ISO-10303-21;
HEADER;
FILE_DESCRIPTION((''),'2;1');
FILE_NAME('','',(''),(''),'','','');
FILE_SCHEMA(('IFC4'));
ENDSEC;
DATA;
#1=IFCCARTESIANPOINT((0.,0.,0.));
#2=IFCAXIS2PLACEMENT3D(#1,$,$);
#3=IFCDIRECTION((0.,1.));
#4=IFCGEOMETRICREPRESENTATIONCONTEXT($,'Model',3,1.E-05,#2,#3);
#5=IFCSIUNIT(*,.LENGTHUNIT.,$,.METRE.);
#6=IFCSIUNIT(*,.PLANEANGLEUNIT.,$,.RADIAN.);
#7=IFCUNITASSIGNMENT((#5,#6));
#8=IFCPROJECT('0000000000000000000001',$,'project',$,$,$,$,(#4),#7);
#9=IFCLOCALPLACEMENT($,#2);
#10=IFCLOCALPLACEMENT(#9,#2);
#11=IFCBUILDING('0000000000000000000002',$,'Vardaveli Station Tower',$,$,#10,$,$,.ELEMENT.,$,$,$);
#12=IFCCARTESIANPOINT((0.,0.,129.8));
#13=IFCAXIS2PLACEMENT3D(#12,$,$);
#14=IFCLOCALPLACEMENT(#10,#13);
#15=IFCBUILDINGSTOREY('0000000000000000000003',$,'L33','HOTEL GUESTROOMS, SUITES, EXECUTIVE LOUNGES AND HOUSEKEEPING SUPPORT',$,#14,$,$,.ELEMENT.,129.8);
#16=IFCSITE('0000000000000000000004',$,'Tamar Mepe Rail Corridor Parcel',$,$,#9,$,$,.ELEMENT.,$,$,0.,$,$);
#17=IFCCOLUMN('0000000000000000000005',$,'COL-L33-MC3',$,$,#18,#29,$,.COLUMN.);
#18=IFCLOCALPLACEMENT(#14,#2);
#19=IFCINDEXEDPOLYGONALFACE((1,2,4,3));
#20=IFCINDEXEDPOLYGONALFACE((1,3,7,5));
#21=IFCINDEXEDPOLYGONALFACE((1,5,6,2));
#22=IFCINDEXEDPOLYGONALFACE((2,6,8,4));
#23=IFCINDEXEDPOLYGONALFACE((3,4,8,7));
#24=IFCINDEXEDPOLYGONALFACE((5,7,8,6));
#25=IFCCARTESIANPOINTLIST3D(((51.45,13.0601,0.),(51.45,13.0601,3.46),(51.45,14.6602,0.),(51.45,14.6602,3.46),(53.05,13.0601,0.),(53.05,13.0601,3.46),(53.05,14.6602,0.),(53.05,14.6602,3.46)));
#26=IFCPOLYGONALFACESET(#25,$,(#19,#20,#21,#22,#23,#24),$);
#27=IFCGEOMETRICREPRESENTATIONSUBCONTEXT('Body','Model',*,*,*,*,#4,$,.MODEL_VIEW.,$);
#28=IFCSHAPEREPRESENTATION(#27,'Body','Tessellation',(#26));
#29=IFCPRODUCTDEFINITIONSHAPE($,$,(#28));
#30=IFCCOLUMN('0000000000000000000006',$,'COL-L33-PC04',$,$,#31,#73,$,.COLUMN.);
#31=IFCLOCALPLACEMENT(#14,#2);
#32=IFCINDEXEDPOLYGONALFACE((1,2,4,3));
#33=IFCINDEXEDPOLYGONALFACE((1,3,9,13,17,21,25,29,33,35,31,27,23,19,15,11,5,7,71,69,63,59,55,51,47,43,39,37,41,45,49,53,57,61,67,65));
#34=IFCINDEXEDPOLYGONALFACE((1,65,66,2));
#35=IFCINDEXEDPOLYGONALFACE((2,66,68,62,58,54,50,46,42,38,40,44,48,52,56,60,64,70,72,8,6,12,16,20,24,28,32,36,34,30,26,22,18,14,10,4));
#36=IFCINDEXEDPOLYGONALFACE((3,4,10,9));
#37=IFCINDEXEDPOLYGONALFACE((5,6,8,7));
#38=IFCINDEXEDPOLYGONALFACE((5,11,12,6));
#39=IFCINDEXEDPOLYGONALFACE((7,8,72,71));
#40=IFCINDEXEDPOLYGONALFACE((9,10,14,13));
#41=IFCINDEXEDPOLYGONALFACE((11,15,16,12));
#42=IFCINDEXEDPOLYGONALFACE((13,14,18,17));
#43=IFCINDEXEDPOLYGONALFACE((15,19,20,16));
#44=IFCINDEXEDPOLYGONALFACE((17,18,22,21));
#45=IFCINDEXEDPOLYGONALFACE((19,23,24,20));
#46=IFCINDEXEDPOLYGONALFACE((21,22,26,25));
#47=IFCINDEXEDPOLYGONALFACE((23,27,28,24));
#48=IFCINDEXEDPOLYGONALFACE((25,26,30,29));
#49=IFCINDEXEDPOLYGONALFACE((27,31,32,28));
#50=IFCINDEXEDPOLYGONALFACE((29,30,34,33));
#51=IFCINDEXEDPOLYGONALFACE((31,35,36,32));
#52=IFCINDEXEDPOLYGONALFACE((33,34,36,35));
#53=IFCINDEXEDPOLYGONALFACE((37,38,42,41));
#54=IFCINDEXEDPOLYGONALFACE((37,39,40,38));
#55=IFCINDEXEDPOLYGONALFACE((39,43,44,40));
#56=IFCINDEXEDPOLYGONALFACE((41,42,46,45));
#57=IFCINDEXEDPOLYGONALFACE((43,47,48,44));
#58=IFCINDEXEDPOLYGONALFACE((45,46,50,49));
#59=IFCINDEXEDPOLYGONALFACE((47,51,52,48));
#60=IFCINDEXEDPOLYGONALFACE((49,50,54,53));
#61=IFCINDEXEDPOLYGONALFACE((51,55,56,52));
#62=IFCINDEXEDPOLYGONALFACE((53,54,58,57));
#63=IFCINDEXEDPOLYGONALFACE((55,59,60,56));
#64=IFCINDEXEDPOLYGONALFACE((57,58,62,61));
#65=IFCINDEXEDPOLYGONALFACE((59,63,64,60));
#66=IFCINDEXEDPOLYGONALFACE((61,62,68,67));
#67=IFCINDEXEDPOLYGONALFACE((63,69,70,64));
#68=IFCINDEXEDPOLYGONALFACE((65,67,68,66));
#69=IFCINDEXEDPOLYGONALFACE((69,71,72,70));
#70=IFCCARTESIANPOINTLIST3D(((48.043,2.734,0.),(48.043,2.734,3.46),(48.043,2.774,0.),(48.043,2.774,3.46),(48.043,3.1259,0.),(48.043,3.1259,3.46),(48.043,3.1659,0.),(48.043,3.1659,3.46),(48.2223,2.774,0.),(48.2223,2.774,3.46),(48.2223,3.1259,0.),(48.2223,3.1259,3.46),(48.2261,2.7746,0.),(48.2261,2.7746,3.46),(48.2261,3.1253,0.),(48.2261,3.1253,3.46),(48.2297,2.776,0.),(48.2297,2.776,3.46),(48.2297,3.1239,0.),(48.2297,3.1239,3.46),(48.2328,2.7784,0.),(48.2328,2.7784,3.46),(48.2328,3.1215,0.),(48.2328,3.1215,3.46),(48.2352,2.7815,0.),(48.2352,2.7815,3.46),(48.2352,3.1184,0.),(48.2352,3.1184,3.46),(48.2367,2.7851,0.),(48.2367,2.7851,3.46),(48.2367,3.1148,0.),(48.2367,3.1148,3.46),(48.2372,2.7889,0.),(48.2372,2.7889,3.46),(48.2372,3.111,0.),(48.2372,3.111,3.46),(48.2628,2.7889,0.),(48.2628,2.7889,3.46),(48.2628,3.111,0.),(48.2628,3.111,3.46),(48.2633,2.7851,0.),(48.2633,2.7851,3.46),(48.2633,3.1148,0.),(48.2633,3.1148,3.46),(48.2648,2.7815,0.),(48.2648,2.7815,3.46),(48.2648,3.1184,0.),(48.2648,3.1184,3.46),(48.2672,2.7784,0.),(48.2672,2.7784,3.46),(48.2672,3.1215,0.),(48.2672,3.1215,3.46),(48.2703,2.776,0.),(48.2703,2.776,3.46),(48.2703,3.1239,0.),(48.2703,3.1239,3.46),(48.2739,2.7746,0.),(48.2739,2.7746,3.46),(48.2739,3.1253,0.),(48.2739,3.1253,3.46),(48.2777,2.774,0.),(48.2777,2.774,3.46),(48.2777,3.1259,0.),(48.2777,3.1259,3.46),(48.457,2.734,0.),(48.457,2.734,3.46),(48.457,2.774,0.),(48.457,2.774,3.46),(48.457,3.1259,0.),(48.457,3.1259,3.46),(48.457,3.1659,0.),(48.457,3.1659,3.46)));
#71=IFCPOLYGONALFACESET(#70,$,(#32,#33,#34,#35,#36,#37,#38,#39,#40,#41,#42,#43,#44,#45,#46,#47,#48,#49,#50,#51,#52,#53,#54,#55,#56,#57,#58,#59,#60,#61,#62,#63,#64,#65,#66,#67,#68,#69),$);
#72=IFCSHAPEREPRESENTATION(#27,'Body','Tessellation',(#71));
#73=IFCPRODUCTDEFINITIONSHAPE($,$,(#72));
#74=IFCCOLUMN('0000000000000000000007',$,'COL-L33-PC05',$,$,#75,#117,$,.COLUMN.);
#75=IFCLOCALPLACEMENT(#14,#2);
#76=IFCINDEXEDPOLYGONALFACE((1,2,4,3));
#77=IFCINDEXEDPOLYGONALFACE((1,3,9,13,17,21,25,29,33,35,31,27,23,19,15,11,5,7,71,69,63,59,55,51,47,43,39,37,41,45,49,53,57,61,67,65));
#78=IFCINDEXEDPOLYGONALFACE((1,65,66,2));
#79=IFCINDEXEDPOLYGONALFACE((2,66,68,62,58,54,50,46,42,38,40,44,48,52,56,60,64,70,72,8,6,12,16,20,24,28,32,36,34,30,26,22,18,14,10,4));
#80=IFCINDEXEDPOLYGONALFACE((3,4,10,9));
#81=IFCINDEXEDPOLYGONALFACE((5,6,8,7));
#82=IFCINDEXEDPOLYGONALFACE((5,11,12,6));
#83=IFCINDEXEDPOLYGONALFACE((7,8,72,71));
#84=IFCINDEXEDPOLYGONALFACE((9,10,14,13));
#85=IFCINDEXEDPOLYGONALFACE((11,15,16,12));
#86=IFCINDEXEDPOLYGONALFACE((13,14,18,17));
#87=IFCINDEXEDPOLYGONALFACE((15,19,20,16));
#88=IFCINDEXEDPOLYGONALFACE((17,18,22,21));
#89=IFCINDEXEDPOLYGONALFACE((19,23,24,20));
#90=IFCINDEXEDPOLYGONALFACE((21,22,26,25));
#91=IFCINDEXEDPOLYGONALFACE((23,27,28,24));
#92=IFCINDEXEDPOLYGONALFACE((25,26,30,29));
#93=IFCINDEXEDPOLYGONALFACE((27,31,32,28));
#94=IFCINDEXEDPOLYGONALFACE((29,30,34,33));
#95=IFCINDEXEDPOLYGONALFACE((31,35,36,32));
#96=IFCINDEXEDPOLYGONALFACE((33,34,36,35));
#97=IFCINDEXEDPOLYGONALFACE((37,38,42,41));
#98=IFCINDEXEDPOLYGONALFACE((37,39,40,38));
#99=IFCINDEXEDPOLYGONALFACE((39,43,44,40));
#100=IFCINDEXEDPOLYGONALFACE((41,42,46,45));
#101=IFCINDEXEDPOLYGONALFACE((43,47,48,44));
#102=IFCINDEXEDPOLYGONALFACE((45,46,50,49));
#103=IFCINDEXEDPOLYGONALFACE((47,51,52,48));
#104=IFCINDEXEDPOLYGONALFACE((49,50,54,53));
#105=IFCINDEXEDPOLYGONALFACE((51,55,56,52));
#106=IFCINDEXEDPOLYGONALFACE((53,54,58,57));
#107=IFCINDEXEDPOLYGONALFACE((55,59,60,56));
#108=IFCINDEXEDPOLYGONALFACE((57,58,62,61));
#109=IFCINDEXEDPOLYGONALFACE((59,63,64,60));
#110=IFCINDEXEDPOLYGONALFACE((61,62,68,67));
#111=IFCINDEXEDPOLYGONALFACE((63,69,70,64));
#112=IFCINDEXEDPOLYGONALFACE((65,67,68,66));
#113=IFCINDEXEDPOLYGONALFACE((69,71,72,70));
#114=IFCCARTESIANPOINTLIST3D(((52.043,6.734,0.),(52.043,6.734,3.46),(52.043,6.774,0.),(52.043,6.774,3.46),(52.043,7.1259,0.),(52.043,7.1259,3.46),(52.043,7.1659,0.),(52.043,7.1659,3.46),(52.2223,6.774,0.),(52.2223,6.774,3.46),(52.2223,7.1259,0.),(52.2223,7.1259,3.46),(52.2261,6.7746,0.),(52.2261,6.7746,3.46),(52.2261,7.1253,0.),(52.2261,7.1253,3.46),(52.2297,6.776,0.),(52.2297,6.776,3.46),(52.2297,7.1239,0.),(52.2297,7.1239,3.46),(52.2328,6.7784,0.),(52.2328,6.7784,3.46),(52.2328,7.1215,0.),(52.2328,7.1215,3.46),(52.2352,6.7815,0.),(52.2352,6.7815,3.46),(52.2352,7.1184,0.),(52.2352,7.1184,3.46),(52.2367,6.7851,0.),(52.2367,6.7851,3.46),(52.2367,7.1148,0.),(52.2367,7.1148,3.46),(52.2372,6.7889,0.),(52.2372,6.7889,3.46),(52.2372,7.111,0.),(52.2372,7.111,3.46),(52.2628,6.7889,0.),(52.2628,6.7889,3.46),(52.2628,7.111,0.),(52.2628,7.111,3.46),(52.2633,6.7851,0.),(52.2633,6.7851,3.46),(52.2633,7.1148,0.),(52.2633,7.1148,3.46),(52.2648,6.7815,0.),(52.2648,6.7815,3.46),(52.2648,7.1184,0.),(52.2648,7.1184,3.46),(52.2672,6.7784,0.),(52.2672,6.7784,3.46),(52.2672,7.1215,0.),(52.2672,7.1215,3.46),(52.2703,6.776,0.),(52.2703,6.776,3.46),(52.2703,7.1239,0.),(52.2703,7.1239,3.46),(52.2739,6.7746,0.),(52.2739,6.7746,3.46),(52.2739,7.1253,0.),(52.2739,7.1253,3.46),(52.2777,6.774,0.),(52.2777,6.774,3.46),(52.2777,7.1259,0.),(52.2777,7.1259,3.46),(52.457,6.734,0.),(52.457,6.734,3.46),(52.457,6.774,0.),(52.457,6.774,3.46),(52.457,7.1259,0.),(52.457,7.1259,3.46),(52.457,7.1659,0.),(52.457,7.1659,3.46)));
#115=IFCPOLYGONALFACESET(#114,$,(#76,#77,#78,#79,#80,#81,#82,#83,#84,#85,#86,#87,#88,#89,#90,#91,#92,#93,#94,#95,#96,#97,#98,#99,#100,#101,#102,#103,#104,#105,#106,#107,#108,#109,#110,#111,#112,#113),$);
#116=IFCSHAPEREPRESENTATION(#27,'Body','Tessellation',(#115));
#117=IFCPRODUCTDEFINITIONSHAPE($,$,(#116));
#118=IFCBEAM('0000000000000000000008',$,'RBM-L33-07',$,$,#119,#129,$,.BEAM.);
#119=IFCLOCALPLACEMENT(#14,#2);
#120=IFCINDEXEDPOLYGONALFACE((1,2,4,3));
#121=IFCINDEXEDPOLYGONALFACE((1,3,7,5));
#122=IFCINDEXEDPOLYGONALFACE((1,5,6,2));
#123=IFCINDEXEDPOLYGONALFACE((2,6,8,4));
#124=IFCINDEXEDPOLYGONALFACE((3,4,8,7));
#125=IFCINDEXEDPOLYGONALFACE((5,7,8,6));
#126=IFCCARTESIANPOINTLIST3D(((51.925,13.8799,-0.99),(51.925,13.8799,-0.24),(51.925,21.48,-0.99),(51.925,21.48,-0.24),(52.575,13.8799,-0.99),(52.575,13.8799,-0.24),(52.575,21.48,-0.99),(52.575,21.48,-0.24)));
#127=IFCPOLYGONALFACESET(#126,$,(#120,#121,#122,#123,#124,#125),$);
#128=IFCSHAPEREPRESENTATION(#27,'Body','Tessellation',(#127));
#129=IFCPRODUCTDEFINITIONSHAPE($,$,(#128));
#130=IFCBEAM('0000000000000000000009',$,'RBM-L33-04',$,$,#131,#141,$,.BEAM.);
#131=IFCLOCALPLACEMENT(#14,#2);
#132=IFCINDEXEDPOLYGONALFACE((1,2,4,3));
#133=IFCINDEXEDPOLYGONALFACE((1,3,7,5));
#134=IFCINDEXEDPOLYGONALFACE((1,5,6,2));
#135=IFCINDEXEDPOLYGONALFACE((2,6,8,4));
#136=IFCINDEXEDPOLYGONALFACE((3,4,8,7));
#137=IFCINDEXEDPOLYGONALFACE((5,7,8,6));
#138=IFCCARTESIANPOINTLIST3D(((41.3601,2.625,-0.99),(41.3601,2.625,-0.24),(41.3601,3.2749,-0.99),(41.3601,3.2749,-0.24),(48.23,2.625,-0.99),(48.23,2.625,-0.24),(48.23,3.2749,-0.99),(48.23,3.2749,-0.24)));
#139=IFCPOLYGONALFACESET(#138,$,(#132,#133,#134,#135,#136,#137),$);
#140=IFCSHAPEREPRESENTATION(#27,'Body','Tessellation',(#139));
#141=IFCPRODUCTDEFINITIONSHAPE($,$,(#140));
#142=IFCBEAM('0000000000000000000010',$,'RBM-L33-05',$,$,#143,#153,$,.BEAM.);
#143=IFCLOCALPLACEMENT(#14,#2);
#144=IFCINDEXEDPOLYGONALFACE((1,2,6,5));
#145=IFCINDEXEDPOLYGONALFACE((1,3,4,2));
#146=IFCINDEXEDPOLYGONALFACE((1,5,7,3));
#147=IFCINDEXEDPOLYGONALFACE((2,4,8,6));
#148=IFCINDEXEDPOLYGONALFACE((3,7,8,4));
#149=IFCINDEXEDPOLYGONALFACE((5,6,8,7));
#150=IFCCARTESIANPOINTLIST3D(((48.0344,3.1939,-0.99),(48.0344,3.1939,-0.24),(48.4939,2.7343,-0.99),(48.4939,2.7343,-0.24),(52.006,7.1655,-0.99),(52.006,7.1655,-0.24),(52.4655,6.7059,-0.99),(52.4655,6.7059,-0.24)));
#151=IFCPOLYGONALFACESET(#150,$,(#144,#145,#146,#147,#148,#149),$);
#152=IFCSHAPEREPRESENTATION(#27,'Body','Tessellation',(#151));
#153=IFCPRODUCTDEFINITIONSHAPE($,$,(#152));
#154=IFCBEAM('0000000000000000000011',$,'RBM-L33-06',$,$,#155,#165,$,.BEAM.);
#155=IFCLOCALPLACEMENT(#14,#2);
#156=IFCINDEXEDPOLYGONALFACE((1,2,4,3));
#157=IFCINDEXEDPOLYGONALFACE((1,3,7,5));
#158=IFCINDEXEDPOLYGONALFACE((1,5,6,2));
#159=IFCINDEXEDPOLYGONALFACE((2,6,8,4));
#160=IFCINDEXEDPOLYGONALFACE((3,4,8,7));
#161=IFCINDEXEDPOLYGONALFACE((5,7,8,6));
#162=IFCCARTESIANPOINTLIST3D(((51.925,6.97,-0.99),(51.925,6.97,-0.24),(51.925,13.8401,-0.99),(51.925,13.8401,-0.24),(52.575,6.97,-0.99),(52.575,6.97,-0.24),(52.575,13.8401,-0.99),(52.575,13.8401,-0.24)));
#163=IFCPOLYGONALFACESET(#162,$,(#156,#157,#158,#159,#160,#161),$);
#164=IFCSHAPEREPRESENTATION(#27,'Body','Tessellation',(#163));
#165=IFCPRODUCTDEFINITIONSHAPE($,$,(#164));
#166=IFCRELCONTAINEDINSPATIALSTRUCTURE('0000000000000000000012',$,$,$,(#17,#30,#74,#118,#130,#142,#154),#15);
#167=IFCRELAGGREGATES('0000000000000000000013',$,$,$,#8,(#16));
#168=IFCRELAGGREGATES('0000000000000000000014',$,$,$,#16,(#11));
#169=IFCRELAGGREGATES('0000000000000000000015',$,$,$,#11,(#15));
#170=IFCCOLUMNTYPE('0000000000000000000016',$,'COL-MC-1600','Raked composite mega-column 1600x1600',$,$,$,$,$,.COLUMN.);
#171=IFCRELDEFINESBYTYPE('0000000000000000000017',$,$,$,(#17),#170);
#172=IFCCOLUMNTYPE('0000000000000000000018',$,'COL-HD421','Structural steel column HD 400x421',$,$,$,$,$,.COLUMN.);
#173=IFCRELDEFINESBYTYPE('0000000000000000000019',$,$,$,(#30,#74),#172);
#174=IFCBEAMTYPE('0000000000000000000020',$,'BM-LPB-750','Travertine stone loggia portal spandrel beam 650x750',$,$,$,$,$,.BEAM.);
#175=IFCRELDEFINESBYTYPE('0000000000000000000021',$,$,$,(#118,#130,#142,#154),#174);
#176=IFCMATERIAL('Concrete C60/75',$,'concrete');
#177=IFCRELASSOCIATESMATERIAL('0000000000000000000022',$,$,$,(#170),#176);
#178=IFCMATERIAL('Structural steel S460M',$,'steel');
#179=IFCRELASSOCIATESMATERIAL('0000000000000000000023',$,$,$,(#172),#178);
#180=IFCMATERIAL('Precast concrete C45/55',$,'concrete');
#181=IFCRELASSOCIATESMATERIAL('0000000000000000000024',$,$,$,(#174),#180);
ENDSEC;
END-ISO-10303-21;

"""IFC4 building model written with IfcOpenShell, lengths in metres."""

from ifc_helpers import new_model, si_unit, direction, frame, origin, origin_2d, place, context, subcontext, project, spatial, rectangle, i_section, extrude, source, transform, mapped, material, material_profile, profile_set, type_object, element, save


model = new_model("IFC4")

# Units and contexts
model_context = context("Model", 3, precision=1e-05, world=origin(), true_north=direction((0.0, 1.0)))
body_context = subcontext(model_context, "Body", "Model", "MODEL_VIEW")
ifc_project = project(units=[si_unit("LENGTHUNIT", "METRE"), si_unit("PLANEANGLEUNIT", "RADIAN")], contexts=[model_context])

# Site, building, storey
site_placement = place(None, origin())
site = spatial("IfcSite", under=ifc_project, at=site_placement, Name="Tamar Mepe Rail Corridor Parcel", CompositionType="ELEMENT", RefElevation=0.0)
building_placement = place(site_placement, origin())
building = spatial("IfcBuilding", under=site, at=building_placement, Name="Vardaveli Station Tower", CompositionType="ELEMENT")
storey_placement = place(building_placement, frame((0.0, 0.0, 129.8)))
storey = spatial("IfcBuildingStorey", under=building, at=storey_placement, Name="L33", Description="HOTEL GUESTROOMS, SUITES, EXECUTIVE LOUNGES AND HOUSEKEEPING SUPPORT", CompositionType="ELEMENT", Elevation=129.8)

# Columns
ifc_material_1 = material(Name="Concrete C60/75", Category="concrete")
ifc_material_profile_1 = material_profile(ifc_material_1, rectangle(XDim=1.6001, YDim=1.6001, at=origin_2d()), Name="MC 1600x1600")
ifc_profile_set_1 = profile_set([ifc_material_profile_1], Name="Concrete C60/75")
column_type_1 = type_object("IfcColumnType", Name="COL-MC-1600", Description="Raked composite mega-column 1600x1600", PredefinedType="COLUMN", material=ifc_profile_set_1)
shared_shape_1 = source(origin(), body_context, "Body", "SweptSolid", [
    extrude(rectangle(XDim=1.6001, YDim=1.6001, at=origin_2d()), origin(), (0.0, 0.0, 1.0), 3.46),
])
column_placement = place(storey_placement, frame((52.25, 13.8601, 0.0), z_axis=(0.0, 0.0, 1.0), x_axis=(1.0, 0.0, 0.0)))
element("IfcColumn", 1, at=column_placement, inside=storey, type_object=column_type_1, Name="COL-L33-MC3", PredefinedType="COLUMN", context=body_context, shape_type="MappedRepresentation", body=[
    mapped(shared_shape_1, transform((0.0, 0.0, 0.0), scale=1.0)),
])
ifc_material_2 = material(Name="Structural steel S460M", Category="steel")
ifc_material_profile_2 = material_profile(ifc_material_2, i_section(OverallWidth=0.4141, OverallDepth=0.4319, WebThickness=0.0256, FlangeThickness=0.04, FilletRadius=0.0149, at=origin_2d()), Name="HD 400x421")
ifc_profile_set_2 = profile_set([ifc_material_profile_2], Name="Structural steel S460M")
column_type_2 = type_object("IfcColumnType", Name="COL-HD421", Description="Structural steel column HD 400x421", PredefinedType="COLUMN", material=ifc_profile_set_2)
shared_shape_2 = source(origin(), body_context, "Body", "SweptSolid", [
    extrude(i_section(OverallWidth=0.4141, OverallDepth=0.4319, WebThickness=0.0256, FlangeThickness=0.04, FilletRadius=0.0149, at=origin_2d()), origin(), (0.0, 0.0, 1.0), 3.46),
])
for number, where, z_axis, x_axis, name in (
    (2, (48.25, 2.95, 0.0), (0.0, 0.0, 1.0), (1.0, 0.0, 0.0), "COL-L33-PC04"),
    (3, (52.25, 6.95, 0.0), (0.0, 0.0, 1.0), (1.0, 0.0, 0.0), "COL-L33-PC05"),
):
    element("IfcColumn", number, at=place(storey_placement, frame(where, z_axis=z_axis, x_axis=x_axis)), inside=storey, type_object=column_type_2, Name=name, PredefinedType="COLUMN", context=body_context, shape_type="MappedRepresentation", body=[
        mapped(shared_shape_2, transform((0.0, 0.0, 0.0), scale=1.0)),
    ])

# Beams
ifc_material_3 = material(Name="Precast concrete C45/55", Category="concrete")
ifc_material_profile_3 = material_profile(ifc_material_3, rectangle(XDim=0.6499, YDim=0.75, at=origin_2d()), Name="LPB 650x750")
ifc_profile_set_3 = profile_set([ifc_material_profile_3], Name="Precast concrete C45/55")
beam_type_1 = type_object("IfcBeamType", Name="BM-LPB-750", Description="Travertine stone loggia portal spandrel beam 650x750", PredefinedType="BEAM", material=ifc_profile_set_3)
shared_shape_3 = source(origin(), body_context, "Body", "SweptSolid", [
    extrude(rectangle(XDim=0.6499, YDim=0.75, at=origin_2d()), origin(), (0.0, 0.0, 1.0), 7.6001),
])
beam_1_placement = place(storey_placement, frame((52.25, 13.8799, -0.615), z_axis=(0.0, 1.0, 0.0), x_axis=(-1.0, 0.0, 0.0)))
element("IfcBeam", 4, at=beam_1_placement, inside=storey, type_object=beam_type_1, Name="RBM-L33-07", PredefinedType="BEAM", context=body_context, shape_type="MappedRepresentation", body=[
    mapped(shared_shape_3, transform((0.0, 0.0, 0.0), scale=1.0)),
])
shared_shape_4 = source(origin(), body_context, "Body", "SweptSolid", [
    extrude(rectangle(XDim=0.6499, YDim=0.75, at=origin_2d()), origin(), (0.0, 0.0, 1.0), 6.8699),
])
beam_2_placement = place(storey_placement, frame((41.3601, 2.95, -0.615), z_axis=(1.0, 0.0, 0.0), x_axis=(0.0, 1.0, 0.0)))
element("IfcBeam", 5, at=beam_2_placement, inside=storey, type_object=beam_type_1, Name="RBM-L33-04", PredefinedType="BEAM", context=body_context, shape_type="MappedRepresentation", body=[
    mapped(shared_shape_4, transform((0.0, 0.0, 0.0), scale=1.0)),
])
shared_shape_5 = source(origin(), body_context, "Body", "SweptSolid", [
    extrude(rectangle(XDim=0.6499, YDim=0.75, at=origin_2d()), origin(), (0.0, 0.0, 1.0), 5.6167),
])
beam_3_placement = place(storey_placement, frame((48.2642, 2.9641, -0.615), z_axis=(0.707107, 0.707107, 0.0), x_axis=(-0.707107, 0.707107, 0.0)))
element("IfcBeam", 6, at=beam_3_placement, inside=storey, type_object=beam_type_1, Name="RBM-L33-05", PredefinedType="BEAM", context=body_context, shape_type="MappedRepresentation", body=[
    mapped(shared_shape_5, transform((0.0, 0.0, 0.0), scale=1.0)),
])
shared_shape_6 = source(origin(), body_context, "Body", "SweptSolid", [
    extrude(rectangle(XDim=0.6499, YDim=0.75, at=origin_2d()), origin(), (0.0, 0.0, 1.0), 6.8701),
])
beam_4_placement = place(storey_placement, frame((52.25, 6.97, -0.615), z_axis=(0.0, 1.0, 0.0), x_axis=(-1.0, 0.0, 0.0)))
element("IfcBeam", 7, at=beam_4_placement, inside=storey, type_object=beam_type_1, Name="RBM-L33-06", PredefinedType="BEAM", context=body_context, shape_type="MappedRepresentation", body=[
    mapped(shared_shape_6, transform((0.0, 0.0, 0.0), scale=1.0)),
])

save(model, "model.ifc")
